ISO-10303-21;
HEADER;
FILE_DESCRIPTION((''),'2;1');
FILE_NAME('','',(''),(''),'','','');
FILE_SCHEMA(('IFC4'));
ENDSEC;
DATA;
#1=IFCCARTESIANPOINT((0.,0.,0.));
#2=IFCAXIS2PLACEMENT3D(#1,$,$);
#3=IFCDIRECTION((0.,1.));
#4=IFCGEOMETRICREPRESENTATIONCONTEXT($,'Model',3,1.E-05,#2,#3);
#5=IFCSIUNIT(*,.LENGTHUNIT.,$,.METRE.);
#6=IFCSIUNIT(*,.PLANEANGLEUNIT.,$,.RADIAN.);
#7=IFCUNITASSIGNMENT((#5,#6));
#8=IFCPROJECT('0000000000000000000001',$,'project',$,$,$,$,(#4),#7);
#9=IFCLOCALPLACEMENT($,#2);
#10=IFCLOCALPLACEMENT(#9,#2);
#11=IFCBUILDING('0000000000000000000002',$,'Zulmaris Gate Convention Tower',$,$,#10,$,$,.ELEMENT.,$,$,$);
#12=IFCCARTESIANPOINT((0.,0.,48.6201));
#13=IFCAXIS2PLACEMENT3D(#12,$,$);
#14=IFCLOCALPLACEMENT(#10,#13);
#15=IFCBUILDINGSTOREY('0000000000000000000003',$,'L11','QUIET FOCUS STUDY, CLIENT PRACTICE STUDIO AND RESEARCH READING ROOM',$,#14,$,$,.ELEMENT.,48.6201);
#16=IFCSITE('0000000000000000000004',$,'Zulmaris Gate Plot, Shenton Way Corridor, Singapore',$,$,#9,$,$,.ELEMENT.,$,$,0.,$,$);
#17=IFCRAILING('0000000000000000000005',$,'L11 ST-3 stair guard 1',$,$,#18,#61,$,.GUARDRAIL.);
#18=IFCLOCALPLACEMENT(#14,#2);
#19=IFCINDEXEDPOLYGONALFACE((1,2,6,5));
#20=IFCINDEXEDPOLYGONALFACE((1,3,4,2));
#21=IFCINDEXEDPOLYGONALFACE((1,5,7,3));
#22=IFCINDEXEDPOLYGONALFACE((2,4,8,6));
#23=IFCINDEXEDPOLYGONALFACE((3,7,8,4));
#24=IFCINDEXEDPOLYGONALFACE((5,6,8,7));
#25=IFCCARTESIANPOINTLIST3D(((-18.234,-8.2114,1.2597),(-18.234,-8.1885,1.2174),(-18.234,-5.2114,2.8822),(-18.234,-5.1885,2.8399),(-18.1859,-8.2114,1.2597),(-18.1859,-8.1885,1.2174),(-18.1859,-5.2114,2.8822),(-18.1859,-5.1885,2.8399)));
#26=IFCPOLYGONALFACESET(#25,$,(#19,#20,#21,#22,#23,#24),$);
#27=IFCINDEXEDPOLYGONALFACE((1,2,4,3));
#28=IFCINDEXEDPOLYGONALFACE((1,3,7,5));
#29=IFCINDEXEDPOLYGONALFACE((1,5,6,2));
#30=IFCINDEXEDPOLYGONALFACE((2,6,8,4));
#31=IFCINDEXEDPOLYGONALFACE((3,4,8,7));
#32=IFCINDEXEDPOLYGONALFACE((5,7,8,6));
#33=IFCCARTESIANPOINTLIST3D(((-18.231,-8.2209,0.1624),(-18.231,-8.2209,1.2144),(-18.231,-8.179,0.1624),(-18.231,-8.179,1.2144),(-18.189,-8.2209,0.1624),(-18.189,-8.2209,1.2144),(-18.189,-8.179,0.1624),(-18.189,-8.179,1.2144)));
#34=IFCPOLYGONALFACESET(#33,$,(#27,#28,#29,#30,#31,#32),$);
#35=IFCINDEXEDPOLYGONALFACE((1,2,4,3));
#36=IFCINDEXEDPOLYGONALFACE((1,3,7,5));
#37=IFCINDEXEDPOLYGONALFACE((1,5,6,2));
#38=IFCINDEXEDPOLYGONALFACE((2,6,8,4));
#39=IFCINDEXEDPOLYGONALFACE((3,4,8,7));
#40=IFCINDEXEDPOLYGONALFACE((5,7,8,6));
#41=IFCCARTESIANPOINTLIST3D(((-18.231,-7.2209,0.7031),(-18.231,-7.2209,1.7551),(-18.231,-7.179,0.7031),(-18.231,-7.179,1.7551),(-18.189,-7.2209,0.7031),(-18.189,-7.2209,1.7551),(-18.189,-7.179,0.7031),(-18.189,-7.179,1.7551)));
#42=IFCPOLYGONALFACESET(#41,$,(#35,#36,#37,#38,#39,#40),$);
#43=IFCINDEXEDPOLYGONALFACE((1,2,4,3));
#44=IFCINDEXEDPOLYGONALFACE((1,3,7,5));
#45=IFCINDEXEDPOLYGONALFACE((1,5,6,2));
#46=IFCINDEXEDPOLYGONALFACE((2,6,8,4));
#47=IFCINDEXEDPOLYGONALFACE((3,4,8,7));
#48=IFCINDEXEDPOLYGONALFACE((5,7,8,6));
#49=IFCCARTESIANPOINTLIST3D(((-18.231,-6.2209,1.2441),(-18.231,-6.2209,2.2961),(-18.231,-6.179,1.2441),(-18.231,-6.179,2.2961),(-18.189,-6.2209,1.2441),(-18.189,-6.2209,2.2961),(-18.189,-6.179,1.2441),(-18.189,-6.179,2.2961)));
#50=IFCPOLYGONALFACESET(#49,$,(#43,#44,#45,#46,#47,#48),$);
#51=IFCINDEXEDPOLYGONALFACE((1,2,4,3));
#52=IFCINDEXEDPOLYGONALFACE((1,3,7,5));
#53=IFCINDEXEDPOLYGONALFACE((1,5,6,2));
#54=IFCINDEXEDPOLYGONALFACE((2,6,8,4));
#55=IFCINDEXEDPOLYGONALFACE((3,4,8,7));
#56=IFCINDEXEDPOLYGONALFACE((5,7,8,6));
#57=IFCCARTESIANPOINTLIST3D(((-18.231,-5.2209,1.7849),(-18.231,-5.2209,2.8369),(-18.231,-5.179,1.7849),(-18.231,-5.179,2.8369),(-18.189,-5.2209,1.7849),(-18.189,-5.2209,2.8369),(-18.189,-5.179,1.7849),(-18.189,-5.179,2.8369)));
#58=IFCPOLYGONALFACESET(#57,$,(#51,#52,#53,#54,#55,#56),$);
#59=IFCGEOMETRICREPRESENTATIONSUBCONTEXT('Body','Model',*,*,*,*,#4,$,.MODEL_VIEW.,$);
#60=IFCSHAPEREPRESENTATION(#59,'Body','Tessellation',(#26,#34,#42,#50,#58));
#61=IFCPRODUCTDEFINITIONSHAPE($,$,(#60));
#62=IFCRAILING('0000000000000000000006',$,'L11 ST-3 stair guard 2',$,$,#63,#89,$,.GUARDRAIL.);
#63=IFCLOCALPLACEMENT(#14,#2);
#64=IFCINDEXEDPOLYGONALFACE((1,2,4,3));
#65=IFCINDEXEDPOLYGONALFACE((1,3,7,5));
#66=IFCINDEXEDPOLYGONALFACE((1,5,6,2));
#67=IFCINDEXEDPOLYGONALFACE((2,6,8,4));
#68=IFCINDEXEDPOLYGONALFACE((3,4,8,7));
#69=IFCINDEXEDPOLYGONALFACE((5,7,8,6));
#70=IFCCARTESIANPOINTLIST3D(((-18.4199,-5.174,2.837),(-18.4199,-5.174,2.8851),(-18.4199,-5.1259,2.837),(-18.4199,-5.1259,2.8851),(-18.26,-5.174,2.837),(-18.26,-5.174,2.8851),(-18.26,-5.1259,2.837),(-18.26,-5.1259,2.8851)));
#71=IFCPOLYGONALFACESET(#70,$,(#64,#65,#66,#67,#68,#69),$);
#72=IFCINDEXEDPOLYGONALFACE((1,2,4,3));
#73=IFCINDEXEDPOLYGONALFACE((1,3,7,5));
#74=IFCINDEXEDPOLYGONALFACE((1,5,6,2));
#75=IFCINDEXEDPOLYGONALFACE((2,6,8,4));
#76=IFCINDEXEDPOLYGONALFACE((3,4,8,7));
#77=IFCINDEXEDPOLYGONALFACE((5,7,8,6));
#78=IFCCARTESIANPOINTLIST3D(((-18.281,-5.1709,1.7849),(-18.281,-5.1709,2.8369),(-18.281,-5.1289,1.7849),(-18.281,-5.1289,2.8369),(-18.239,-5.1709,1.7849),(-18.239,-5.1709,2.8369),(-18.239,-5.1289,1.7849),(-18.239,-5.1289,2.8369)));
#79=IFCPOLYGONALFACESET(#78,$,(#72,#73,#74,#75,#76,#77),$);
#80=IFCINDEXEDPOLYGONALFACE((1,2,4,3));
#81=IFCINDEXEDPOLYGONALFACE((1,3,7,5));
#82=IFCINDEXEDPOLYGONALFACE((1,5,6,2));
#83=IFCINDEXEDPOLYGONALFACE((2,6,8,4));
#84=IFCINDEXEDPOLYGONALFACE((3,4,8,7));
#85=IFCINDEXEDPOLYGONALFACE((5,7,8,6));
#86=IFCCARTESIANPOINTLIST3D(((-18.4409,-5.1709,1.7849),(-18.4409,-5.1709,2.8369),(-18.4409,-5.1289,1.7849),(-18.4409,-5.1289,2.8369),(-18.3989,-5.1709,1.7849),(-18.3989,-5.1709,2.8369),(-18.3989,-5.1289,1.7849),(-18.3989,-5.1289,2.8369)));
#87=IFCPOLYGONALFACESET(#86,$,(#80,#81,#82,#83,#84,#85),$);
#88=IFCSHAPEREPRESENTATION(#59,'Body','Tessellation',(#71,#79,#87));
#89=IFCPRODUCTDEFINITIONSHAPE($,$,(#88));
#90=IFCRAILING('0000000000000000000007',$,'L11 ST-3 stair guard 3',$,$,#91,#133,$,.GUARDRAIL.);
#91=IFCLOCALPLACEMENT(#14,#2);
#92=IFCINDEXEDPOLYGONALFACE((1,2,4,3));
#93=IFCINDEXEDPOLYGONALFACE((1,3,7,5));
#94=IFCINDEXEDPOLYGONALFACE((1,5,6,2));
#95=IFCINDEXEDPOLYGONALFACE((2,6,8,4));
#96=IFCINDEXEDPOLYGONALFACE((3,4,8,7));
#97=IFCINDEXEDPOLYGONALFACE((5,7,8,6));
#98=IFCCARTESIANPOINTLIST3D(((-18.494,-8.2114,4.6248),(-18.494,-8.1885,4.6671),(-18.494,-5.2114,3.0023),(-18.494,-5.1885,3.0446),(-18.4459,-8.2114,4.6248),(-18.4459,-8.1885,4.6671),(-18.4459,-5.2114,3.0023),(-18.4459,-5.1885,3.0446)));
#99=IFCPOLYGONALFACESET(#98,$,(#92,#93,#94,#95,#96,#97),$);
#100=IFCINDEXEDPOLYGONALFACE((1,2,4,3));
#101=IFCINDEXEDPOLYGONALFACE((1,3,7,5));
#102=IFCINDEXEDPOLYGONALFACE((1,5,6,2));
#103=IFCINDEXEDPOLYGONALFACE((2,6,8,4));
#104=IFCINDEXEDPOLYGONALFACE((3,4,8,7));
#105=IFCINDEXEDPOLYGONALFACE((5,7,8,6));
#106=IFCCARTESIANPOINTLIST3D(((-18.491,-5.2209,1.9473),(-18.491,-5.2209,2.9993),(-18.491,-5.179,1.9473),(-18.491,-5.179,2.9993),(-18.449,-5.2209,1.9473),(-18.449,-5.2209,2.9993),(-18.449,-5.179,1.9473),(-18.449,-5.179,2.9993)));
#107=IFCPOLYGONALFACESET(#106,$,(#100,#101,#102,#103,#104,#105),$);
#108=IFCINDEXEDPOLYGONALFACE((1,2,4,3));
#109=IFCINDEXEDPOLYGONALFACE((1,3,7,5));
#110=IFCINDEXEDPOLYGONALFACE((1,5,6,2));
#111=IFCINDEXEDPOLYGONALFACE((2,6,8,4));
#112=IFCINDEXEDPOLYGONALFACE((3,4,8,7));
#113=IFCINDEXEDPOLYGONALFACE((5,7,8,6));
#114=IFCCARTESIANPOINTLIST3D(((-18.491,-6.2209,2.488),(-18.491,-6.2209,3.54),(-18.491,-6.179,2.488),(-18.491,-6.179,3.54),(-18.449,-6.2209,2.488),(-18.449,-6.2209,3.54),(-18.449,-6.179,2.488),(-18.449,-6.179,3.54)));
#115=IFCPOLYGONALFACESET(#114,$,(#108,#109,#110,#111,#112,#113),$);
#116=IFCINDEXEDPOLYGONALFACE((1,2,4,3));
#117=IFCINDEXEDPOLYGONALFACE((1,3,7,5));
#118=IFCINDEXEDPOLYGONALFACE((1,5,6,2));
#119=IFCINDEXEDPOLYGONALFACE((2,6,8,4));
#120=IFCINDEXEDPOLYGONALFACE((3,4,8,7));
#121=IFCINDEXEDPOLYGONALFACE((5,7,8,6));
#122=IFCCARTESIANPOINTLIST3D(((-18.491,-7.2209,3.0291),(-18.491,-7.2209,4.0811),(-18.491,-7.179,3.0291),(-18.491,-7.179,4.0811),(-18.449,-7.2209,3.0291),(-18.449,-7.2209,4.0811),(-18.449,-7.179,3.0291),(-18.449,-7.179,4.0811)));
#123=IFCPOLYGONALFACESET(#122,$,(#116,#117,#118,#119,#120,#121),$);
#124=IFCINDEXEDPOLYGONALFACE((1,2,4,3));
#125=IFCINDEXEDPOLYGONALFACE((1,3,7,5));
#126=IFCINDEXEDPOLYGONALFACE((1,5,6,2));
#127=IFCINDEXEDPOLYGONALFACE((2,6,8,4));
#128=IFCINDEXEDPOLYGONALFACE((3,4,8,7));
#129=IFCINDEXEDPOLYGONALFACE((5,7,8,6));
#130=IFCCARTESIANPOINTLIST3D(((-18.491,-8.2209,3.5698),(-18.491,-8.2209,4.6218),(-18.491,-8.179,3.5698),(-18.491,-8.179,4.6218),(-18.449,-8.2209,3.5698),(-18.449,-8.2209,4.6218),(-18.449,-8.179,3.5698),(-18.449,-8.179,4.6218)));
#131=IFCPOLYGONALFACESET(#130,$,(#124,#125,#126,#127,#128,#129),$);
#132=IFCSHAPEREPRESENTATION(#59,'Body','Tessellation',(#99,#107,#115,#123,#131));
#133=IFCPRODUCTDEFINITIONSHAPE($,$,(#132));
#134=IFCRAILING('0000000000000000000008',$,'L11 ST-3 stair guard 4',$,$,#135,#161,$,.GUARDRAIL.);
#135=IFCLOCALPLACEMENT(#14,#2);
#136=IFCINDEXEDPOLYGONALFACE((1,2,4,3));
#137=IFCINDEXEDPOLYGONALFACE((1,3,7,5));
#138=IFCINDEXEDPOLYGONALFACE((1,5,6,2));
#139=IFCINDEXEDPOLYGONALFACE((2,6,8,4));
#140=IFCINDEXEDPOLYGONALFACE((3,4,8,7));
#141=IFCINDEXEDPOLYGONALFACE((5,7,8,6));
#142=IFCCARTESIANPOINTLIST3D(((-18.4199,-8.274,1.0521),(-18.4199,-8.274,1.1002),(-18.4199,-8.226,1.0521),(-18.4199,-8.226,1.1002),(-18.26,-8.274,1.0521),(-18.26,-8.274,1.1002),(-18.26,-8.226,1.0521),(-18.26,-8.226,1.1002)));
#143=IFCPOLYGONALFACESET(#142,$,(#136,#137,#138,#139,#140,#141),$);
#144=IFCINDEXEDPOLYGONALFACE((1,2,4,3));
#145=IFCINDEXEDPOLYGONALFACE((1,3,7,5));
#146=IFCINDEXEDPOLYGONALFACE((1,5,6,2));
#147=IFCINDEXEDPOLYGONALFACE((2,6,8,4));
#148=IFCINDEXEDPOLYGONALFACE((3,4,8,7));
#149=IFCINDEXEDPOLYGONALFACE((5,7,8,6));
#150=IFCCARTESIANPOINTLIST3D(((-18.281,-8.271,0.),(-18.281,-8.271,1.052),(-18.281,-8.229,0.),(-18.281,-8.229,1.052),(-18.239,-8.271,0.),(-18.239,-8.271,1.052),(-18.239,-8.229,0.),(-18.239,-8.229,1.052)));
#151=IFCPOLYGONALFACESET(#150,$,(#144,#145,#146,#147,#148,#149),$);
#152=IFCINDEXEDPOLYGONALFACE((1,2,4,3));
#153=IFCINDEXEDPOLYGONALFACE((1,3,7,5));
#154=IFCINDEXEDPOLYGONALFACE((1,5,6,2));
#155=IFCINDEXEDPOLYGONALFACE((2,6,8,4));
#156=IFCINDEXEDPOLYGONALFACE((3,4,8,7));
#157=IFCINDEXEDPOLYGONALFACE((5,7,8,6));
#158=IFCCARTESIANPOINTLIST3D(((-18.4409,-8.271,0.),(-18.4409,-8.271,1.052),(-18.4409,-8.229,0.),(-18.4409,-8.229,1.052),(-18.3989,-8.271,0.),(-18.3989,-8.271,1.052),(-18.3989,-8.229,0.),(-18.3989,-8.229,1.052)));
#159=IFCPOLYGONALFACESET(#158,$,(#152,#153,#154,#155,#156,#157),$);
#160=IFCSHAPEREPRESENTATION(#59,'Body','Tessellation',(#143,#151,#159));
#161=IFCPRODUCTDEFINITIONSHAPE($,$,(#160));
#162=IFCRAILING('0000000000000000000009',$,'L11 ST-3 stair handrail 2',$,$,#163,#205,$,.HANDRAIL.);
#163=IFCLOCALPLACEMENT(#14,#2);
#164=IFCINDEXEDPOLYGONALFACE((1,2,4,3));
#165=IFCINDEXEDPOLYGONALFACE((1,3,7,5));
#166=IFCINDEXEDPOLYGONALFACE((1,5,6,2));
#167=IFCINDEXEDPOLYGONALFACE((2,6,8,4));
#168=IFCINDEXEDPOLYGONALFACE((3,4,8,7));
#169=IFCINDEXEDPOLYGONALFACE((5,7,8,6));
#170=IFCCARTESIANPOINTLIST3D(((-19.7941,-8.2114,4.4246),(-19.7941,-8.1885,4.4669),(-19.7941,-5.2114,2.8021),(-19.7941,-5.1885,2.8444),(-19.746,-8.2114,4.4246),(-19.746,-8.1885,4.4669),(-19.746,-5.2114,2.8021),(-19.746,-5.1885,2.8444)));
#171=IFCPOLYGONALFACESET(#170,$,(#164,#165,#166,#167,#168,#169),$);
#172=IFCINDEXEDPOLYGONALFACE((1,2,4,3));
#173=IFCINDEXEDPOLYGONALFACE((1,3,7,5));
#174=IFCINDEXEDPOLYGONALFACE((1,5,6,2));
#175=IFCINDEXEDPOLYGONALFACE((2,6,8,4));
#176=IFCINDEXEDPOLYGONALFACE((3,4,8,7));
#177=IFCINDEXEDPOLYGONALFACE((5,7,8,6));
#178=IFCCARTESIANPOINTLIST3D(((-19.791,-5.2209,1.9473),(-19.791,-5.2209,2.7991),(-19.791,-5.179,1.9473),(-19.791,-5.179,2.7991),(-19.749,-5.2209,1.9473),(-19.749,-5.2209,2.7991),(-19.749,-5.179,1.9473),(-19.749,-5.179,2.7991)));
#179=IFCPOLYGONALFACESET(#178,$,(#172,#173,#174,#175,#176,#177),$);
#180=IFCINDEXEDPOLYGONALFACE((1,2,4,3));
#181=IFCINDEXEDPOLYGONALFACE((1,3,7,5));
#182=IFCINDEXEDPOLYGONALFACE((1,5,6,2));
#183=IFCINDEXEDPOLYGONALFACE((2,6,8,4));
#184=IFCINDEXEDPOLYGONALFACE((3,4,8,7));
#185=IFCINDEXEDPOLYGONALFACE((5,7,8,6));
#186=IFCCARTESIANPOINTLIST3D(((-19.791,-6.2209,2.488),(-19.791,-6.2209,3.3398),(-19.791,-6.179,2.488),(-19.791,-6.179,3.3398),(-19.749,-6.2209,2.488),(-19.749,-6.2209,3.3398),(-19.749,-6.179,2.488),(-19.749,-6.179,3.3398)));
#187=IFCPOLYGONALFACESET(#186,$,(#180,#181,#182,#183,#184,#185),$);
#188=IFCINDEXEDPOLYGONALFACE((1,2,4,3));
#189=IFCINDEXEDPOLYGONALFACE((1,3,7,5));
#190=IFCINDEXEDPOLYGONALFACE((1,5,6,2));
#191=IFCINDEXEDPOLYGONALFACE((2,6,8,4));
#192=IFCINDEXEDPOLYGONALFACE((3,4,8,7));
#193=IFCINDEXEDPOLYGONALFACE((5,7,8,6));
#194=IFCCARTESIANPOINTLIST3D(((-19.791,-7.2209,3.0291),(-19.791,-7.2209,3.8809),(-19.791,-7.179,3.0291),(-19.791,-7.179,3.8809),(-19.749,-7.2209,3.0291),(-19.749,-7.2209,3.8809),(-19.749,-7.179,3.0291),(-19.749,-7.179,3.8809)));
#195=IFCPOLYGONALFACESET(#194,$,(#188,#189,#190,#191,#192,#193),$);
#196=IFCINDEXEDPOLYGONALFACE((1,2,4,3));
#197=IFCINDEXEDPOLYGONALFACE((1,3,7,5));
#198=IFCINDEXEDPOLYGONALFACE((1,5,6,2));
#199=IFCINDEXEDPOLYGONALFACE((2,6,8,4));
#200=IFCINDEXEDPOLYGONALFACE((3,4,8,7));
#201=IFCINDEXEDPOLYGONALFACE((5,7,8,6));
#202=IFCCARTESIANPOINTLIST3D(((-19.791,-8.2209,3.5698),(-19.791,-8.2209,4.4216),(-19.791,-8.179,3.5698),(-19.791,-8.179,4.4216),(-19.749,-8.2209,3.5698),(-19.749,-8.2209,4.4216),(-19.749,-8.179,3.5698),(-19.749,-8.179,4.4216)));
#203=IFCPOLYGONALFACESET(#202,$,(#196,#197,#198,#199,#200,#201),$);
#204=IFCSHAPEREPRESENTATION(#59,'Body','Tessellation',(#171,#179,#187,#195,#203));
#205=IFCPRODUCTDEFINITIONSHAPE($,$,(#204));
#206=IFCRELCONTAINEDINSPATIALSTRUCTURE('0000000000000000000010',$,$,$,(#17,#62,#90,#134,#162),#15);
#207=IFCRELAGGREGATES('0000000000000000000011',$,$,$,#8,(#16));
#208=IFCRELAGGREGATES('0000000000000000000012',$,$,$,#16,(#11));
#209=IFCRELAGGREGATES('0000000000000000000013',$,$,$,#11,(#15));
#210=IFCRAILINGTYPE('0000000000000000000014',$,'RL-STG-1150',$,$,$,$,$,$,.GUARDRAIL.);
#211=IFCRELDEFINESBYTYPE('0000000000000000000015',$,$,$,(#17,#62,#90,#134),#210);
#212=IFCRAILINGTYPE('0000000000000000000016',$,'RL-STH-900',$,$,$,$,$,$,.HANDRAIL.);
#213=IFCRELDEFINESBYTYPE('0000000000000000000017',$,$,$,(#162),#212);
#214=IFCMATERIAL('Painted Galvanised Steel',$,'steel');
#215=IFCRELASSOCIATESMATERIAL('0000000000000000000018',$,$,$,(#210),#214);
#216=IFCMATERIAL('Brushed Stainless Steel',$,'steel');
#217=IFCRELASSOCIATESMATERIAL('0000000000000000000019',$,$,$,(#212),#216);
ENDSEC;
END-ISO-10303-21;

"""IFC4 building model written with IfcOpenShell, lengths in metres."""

from ifc_helpers import new_model, si_unit, direction, frame, origin, origin_2d, place, context, subcontext, project, spatial, rectangle, extrude, material, type_object, element, save


model = new_model("IFC4")

# Units and contexts
model_context = context("Model", 3, precision=1e-05, world=origin(), true_north=direction((0.0, 1.0)))
body_context = subcontext(model_context, "Body", "Model", "MODEL_VIEW")
ifc_project = project(units=[si_unit("LENGTHUNIT", "METRE"), si_unit("PLANEANGLEUNIT", "RADIAN")], contexts=[model_context])

# Site, building, storey
site_placement = place(None, origin())
site = spatial("IfcSite", under=ifc_project, at=site_placement, Name="Zulmaris Gate Plot, Shenton Way Corridor, Singapore", CompositionType="ELEMENT", RefElevation=0.0)
building_placement = place(site_placement, origin())
building = spatial("IfcBuilding", under=site, at=building_placement, Name="Zulmaris Gate Convention Tower", CompositionType="ELEMENT")
storey_placement = place(building_placement, frame((0.0, 0.0, 48.6201)))
storey = spatial("IfcBuildingStorey", under=building, at=storey_placement, Name="L11", Description="QUIET FOCUS STUDY, CLIENT PRACTICE STUDIO AND RESEARCH READING ROOM", CompositionType="ELEMENT", Elevation=48.6201)

# Railings
ifc_material_1 = material(Name="Painted Galvanised Steel", Category="steel")
railing_type_1 = type_object("IfcRailingType", Name="RL-STG-1150", PredefinedType="GUARDRAIL", material=ifc_material_1)
railing_1_placement = place(storey_placement, frame((-18.21, -8.2, 0.1624)))
element("IfcRailing", 1, at=railing_1_placement, inside=storey, type_object=railing_type_1, Name="L11 ST-3 stair guard 1", PredefinedType="GUARDRAIL", context=body_context, shape_type="SweptSolid", body=[
    extrude(rectangle(XDim=0.0481, YDim=0.0481, at=origin_2d()), frame((0.0, 0.0, 1.0762), z_axis=(0.0, 0.879592, 0.47573), x_axis=(-1.0, 0.0, 0.0)), (0.0, 0.0, 1.0), 3.4106),
    extrude(rectangle(XDim=0.042, YDim=0.042, at=origin_2d()), origin(), (0.0, 0.0, 1.0), 1.052),
    extrude(rectangle(XDim=0.042, YDim=0.042, at=origin_2d()), frame((0.0, 1.0, 0.5408)), (0.0, 0.0, 1.0), 1.052),
    extrude(rectangle(XDim=0.042, YDim=0.042, at=origin_2d()), frame((0.0, 2.0, 1.0818)), (0.0, 0.0, 1.0), 1.052),
    extrude(rectangle(XDim=0.042, YDim=0.042, at=origin_2d()), frame((0.0, 3.0, 1.6226)), (0.0, 0.0, 1.0), 1.052),
])
railing_2_placement = place(storey_placement, frame((-18.26, -5.1499, 1.7849)))
element("IfcRailing", 2, at=railing_2_placement, inside=storey, type_object=railing_type_1, Name="L11 ST-3 stair guard 2", PredefinedType="GUARDRAIL", context=body_context, shape_type="SweptSolid", body=[
    extrude(rectangle(XDim=0.0481, YDim=0.0481, at=origin_2d()), frame((0.0, 0.0, 1.0762), z_axis=(-1.0, 0.0, 0.0), x_axis=(0.0, -1.0, 0.0)), (0.0, 0.0, 1.0), 0.1599),
    extrude(rectangle(XDim=0.042, YDim=0.042, at=origin_2d()), origin(), (0.0, 0.0, 1.0), 1.052),
    extrude(rectangle(XDim=0.042, YDim=0.042, at=origin_2d()), frame((-0.1599, 0.0, 0.0)), (0.0, 0.0, 1.0), 1.052),
])
railing_3_placement = place(storey_placement, frame((-18.47, -5.2, 1.9473)))
element("IfcRailing", 3, at=railing_3_placement, inside=storey, type_object=railing_type_1, Name="L11 ST-3 stair guard 3", PredefinedType="GUARDRAIL", context=body_context, shape_type="SweptSolid", body=[
    extrude(rectangle(XDim=0.0481, YDim=0.0481, at=origin_2d()), frame((0.0, 0.0, 1.0762), z_axis=(0.0, -0.879592, 0.47573), x_axis=(1.0, 0.0, 0.0)), (0.0, 0.0, 1.0), 3.4106),
    extrude(rectangle(XDim=0.042, YDim=0.042, at=origin_2d()), origin(), (0.0, 0.0, 1.0), 1.052),
    extrude(rectangle(XDim=0.042, YDim=0.042, at=origin_2d()), frame((0.0, -1.0, 0.5408)), (0.0, 0.0, 1.0), 1.052),
    extrude(rectangle(XDim=0.042, YDim=0.042, at=origin_2d()), frame((0.0, -2.0, 1.0818)), (0.0, 0.0, 1.0), 1.052),
    extrude(rectangle(XDim=0.042, YDim=0.042, at=origin_2d()), frame((0.0, -3.0, 1.6226)), (0.0, 0.0, 1.0), 1.052),
])
railing_4_placement = place(storey_placement, frame((-18.26, -8.25, 0.0)))
element("IfcRailing", 4, at=railing_4_placement, inside=storey, type_object=railing_type_1, Name="L11 ST-3 stair guard 4", PredefinedType="GUARDRAIL", context=body_context, shape_type="SweptSolid", body=[
    extrude(rectangle(XDim=0.0481, YDim=0.0481, at=origin_2d()), frame((0.0, 0.0, 1.0762), z_axis=(-1.0, 0.0, 0.0), x_axis=(0.0, -1.0, 0.0)), (0.0, 0.0, 1.0), 0.1599),
    extrude(rectangle(XDim=0.042, YDim=0.042, at=origin_2d()), origin(), (0.0, 0.0, 1.0), 1.052),
    extrude(rectangle(XDim=0.042, YDim=0.042, at=origin_2d()), frame((-0.1599, 0.0, 0.0)), (0.0, 0.0, 1.0), 1.052),
])
ifc_material_2 = material(Name="Brushed Stainless Steel", Category="steel")
railing_type_2 = type_object("IfcRailingType", Name="RL-STH-900", PredefinedType="HANDRAIL", material=ifc_material_2)
railing_5_placement = place(storey_placement, frame((-19.77, -5.2, 1.9473)))
element("IfcRailing", 5, at=railing_5_placement, inside=storey, type_object=railing_type_2, Name="L11 ST-3 stair handrail 2", PredefinedType="HANDRAIL", context=body_context, shape_type="SweptSolid", body=[
    extrude(rectangle(XDim=0.0481, YDim=0.0481, at=origin_2d()), frame((0.0, 0.0, 0.876), z_axis=(0.0, -0.879592, 0.47573), x_axis=(1.0, 0.0, 0.0)), (0.0, 0.0, 1.0), 3.4106),
    extrude(rectangle(XDim=0.042, YDim=0.042, at=origin_2d()), origin(), (0.0, 0.0, 1.0), 0.8518),
    extrude(rectangle(XDim=0.042, YDim=0.042, at=origin_2d()), frame((0.0, -1.0, 0.5408)), (0.0, 0.0, 1.0), 0.8518),
    extrude(rectangle(XDim=0.042, YDim=0.042, at=origin_2d()), frame((0.0, -2.0, 1.0818)), (0.0, 0.0, 1.0), 0.8518),
    extrude(rectangle(XDim=0.042, YDim=0.042, at=origin_2d()), frame((0.0, -3.0, 1.6226)), (0.0, 0.0, 1.0), 0.8518),
])

save(model, "model.ifc")
